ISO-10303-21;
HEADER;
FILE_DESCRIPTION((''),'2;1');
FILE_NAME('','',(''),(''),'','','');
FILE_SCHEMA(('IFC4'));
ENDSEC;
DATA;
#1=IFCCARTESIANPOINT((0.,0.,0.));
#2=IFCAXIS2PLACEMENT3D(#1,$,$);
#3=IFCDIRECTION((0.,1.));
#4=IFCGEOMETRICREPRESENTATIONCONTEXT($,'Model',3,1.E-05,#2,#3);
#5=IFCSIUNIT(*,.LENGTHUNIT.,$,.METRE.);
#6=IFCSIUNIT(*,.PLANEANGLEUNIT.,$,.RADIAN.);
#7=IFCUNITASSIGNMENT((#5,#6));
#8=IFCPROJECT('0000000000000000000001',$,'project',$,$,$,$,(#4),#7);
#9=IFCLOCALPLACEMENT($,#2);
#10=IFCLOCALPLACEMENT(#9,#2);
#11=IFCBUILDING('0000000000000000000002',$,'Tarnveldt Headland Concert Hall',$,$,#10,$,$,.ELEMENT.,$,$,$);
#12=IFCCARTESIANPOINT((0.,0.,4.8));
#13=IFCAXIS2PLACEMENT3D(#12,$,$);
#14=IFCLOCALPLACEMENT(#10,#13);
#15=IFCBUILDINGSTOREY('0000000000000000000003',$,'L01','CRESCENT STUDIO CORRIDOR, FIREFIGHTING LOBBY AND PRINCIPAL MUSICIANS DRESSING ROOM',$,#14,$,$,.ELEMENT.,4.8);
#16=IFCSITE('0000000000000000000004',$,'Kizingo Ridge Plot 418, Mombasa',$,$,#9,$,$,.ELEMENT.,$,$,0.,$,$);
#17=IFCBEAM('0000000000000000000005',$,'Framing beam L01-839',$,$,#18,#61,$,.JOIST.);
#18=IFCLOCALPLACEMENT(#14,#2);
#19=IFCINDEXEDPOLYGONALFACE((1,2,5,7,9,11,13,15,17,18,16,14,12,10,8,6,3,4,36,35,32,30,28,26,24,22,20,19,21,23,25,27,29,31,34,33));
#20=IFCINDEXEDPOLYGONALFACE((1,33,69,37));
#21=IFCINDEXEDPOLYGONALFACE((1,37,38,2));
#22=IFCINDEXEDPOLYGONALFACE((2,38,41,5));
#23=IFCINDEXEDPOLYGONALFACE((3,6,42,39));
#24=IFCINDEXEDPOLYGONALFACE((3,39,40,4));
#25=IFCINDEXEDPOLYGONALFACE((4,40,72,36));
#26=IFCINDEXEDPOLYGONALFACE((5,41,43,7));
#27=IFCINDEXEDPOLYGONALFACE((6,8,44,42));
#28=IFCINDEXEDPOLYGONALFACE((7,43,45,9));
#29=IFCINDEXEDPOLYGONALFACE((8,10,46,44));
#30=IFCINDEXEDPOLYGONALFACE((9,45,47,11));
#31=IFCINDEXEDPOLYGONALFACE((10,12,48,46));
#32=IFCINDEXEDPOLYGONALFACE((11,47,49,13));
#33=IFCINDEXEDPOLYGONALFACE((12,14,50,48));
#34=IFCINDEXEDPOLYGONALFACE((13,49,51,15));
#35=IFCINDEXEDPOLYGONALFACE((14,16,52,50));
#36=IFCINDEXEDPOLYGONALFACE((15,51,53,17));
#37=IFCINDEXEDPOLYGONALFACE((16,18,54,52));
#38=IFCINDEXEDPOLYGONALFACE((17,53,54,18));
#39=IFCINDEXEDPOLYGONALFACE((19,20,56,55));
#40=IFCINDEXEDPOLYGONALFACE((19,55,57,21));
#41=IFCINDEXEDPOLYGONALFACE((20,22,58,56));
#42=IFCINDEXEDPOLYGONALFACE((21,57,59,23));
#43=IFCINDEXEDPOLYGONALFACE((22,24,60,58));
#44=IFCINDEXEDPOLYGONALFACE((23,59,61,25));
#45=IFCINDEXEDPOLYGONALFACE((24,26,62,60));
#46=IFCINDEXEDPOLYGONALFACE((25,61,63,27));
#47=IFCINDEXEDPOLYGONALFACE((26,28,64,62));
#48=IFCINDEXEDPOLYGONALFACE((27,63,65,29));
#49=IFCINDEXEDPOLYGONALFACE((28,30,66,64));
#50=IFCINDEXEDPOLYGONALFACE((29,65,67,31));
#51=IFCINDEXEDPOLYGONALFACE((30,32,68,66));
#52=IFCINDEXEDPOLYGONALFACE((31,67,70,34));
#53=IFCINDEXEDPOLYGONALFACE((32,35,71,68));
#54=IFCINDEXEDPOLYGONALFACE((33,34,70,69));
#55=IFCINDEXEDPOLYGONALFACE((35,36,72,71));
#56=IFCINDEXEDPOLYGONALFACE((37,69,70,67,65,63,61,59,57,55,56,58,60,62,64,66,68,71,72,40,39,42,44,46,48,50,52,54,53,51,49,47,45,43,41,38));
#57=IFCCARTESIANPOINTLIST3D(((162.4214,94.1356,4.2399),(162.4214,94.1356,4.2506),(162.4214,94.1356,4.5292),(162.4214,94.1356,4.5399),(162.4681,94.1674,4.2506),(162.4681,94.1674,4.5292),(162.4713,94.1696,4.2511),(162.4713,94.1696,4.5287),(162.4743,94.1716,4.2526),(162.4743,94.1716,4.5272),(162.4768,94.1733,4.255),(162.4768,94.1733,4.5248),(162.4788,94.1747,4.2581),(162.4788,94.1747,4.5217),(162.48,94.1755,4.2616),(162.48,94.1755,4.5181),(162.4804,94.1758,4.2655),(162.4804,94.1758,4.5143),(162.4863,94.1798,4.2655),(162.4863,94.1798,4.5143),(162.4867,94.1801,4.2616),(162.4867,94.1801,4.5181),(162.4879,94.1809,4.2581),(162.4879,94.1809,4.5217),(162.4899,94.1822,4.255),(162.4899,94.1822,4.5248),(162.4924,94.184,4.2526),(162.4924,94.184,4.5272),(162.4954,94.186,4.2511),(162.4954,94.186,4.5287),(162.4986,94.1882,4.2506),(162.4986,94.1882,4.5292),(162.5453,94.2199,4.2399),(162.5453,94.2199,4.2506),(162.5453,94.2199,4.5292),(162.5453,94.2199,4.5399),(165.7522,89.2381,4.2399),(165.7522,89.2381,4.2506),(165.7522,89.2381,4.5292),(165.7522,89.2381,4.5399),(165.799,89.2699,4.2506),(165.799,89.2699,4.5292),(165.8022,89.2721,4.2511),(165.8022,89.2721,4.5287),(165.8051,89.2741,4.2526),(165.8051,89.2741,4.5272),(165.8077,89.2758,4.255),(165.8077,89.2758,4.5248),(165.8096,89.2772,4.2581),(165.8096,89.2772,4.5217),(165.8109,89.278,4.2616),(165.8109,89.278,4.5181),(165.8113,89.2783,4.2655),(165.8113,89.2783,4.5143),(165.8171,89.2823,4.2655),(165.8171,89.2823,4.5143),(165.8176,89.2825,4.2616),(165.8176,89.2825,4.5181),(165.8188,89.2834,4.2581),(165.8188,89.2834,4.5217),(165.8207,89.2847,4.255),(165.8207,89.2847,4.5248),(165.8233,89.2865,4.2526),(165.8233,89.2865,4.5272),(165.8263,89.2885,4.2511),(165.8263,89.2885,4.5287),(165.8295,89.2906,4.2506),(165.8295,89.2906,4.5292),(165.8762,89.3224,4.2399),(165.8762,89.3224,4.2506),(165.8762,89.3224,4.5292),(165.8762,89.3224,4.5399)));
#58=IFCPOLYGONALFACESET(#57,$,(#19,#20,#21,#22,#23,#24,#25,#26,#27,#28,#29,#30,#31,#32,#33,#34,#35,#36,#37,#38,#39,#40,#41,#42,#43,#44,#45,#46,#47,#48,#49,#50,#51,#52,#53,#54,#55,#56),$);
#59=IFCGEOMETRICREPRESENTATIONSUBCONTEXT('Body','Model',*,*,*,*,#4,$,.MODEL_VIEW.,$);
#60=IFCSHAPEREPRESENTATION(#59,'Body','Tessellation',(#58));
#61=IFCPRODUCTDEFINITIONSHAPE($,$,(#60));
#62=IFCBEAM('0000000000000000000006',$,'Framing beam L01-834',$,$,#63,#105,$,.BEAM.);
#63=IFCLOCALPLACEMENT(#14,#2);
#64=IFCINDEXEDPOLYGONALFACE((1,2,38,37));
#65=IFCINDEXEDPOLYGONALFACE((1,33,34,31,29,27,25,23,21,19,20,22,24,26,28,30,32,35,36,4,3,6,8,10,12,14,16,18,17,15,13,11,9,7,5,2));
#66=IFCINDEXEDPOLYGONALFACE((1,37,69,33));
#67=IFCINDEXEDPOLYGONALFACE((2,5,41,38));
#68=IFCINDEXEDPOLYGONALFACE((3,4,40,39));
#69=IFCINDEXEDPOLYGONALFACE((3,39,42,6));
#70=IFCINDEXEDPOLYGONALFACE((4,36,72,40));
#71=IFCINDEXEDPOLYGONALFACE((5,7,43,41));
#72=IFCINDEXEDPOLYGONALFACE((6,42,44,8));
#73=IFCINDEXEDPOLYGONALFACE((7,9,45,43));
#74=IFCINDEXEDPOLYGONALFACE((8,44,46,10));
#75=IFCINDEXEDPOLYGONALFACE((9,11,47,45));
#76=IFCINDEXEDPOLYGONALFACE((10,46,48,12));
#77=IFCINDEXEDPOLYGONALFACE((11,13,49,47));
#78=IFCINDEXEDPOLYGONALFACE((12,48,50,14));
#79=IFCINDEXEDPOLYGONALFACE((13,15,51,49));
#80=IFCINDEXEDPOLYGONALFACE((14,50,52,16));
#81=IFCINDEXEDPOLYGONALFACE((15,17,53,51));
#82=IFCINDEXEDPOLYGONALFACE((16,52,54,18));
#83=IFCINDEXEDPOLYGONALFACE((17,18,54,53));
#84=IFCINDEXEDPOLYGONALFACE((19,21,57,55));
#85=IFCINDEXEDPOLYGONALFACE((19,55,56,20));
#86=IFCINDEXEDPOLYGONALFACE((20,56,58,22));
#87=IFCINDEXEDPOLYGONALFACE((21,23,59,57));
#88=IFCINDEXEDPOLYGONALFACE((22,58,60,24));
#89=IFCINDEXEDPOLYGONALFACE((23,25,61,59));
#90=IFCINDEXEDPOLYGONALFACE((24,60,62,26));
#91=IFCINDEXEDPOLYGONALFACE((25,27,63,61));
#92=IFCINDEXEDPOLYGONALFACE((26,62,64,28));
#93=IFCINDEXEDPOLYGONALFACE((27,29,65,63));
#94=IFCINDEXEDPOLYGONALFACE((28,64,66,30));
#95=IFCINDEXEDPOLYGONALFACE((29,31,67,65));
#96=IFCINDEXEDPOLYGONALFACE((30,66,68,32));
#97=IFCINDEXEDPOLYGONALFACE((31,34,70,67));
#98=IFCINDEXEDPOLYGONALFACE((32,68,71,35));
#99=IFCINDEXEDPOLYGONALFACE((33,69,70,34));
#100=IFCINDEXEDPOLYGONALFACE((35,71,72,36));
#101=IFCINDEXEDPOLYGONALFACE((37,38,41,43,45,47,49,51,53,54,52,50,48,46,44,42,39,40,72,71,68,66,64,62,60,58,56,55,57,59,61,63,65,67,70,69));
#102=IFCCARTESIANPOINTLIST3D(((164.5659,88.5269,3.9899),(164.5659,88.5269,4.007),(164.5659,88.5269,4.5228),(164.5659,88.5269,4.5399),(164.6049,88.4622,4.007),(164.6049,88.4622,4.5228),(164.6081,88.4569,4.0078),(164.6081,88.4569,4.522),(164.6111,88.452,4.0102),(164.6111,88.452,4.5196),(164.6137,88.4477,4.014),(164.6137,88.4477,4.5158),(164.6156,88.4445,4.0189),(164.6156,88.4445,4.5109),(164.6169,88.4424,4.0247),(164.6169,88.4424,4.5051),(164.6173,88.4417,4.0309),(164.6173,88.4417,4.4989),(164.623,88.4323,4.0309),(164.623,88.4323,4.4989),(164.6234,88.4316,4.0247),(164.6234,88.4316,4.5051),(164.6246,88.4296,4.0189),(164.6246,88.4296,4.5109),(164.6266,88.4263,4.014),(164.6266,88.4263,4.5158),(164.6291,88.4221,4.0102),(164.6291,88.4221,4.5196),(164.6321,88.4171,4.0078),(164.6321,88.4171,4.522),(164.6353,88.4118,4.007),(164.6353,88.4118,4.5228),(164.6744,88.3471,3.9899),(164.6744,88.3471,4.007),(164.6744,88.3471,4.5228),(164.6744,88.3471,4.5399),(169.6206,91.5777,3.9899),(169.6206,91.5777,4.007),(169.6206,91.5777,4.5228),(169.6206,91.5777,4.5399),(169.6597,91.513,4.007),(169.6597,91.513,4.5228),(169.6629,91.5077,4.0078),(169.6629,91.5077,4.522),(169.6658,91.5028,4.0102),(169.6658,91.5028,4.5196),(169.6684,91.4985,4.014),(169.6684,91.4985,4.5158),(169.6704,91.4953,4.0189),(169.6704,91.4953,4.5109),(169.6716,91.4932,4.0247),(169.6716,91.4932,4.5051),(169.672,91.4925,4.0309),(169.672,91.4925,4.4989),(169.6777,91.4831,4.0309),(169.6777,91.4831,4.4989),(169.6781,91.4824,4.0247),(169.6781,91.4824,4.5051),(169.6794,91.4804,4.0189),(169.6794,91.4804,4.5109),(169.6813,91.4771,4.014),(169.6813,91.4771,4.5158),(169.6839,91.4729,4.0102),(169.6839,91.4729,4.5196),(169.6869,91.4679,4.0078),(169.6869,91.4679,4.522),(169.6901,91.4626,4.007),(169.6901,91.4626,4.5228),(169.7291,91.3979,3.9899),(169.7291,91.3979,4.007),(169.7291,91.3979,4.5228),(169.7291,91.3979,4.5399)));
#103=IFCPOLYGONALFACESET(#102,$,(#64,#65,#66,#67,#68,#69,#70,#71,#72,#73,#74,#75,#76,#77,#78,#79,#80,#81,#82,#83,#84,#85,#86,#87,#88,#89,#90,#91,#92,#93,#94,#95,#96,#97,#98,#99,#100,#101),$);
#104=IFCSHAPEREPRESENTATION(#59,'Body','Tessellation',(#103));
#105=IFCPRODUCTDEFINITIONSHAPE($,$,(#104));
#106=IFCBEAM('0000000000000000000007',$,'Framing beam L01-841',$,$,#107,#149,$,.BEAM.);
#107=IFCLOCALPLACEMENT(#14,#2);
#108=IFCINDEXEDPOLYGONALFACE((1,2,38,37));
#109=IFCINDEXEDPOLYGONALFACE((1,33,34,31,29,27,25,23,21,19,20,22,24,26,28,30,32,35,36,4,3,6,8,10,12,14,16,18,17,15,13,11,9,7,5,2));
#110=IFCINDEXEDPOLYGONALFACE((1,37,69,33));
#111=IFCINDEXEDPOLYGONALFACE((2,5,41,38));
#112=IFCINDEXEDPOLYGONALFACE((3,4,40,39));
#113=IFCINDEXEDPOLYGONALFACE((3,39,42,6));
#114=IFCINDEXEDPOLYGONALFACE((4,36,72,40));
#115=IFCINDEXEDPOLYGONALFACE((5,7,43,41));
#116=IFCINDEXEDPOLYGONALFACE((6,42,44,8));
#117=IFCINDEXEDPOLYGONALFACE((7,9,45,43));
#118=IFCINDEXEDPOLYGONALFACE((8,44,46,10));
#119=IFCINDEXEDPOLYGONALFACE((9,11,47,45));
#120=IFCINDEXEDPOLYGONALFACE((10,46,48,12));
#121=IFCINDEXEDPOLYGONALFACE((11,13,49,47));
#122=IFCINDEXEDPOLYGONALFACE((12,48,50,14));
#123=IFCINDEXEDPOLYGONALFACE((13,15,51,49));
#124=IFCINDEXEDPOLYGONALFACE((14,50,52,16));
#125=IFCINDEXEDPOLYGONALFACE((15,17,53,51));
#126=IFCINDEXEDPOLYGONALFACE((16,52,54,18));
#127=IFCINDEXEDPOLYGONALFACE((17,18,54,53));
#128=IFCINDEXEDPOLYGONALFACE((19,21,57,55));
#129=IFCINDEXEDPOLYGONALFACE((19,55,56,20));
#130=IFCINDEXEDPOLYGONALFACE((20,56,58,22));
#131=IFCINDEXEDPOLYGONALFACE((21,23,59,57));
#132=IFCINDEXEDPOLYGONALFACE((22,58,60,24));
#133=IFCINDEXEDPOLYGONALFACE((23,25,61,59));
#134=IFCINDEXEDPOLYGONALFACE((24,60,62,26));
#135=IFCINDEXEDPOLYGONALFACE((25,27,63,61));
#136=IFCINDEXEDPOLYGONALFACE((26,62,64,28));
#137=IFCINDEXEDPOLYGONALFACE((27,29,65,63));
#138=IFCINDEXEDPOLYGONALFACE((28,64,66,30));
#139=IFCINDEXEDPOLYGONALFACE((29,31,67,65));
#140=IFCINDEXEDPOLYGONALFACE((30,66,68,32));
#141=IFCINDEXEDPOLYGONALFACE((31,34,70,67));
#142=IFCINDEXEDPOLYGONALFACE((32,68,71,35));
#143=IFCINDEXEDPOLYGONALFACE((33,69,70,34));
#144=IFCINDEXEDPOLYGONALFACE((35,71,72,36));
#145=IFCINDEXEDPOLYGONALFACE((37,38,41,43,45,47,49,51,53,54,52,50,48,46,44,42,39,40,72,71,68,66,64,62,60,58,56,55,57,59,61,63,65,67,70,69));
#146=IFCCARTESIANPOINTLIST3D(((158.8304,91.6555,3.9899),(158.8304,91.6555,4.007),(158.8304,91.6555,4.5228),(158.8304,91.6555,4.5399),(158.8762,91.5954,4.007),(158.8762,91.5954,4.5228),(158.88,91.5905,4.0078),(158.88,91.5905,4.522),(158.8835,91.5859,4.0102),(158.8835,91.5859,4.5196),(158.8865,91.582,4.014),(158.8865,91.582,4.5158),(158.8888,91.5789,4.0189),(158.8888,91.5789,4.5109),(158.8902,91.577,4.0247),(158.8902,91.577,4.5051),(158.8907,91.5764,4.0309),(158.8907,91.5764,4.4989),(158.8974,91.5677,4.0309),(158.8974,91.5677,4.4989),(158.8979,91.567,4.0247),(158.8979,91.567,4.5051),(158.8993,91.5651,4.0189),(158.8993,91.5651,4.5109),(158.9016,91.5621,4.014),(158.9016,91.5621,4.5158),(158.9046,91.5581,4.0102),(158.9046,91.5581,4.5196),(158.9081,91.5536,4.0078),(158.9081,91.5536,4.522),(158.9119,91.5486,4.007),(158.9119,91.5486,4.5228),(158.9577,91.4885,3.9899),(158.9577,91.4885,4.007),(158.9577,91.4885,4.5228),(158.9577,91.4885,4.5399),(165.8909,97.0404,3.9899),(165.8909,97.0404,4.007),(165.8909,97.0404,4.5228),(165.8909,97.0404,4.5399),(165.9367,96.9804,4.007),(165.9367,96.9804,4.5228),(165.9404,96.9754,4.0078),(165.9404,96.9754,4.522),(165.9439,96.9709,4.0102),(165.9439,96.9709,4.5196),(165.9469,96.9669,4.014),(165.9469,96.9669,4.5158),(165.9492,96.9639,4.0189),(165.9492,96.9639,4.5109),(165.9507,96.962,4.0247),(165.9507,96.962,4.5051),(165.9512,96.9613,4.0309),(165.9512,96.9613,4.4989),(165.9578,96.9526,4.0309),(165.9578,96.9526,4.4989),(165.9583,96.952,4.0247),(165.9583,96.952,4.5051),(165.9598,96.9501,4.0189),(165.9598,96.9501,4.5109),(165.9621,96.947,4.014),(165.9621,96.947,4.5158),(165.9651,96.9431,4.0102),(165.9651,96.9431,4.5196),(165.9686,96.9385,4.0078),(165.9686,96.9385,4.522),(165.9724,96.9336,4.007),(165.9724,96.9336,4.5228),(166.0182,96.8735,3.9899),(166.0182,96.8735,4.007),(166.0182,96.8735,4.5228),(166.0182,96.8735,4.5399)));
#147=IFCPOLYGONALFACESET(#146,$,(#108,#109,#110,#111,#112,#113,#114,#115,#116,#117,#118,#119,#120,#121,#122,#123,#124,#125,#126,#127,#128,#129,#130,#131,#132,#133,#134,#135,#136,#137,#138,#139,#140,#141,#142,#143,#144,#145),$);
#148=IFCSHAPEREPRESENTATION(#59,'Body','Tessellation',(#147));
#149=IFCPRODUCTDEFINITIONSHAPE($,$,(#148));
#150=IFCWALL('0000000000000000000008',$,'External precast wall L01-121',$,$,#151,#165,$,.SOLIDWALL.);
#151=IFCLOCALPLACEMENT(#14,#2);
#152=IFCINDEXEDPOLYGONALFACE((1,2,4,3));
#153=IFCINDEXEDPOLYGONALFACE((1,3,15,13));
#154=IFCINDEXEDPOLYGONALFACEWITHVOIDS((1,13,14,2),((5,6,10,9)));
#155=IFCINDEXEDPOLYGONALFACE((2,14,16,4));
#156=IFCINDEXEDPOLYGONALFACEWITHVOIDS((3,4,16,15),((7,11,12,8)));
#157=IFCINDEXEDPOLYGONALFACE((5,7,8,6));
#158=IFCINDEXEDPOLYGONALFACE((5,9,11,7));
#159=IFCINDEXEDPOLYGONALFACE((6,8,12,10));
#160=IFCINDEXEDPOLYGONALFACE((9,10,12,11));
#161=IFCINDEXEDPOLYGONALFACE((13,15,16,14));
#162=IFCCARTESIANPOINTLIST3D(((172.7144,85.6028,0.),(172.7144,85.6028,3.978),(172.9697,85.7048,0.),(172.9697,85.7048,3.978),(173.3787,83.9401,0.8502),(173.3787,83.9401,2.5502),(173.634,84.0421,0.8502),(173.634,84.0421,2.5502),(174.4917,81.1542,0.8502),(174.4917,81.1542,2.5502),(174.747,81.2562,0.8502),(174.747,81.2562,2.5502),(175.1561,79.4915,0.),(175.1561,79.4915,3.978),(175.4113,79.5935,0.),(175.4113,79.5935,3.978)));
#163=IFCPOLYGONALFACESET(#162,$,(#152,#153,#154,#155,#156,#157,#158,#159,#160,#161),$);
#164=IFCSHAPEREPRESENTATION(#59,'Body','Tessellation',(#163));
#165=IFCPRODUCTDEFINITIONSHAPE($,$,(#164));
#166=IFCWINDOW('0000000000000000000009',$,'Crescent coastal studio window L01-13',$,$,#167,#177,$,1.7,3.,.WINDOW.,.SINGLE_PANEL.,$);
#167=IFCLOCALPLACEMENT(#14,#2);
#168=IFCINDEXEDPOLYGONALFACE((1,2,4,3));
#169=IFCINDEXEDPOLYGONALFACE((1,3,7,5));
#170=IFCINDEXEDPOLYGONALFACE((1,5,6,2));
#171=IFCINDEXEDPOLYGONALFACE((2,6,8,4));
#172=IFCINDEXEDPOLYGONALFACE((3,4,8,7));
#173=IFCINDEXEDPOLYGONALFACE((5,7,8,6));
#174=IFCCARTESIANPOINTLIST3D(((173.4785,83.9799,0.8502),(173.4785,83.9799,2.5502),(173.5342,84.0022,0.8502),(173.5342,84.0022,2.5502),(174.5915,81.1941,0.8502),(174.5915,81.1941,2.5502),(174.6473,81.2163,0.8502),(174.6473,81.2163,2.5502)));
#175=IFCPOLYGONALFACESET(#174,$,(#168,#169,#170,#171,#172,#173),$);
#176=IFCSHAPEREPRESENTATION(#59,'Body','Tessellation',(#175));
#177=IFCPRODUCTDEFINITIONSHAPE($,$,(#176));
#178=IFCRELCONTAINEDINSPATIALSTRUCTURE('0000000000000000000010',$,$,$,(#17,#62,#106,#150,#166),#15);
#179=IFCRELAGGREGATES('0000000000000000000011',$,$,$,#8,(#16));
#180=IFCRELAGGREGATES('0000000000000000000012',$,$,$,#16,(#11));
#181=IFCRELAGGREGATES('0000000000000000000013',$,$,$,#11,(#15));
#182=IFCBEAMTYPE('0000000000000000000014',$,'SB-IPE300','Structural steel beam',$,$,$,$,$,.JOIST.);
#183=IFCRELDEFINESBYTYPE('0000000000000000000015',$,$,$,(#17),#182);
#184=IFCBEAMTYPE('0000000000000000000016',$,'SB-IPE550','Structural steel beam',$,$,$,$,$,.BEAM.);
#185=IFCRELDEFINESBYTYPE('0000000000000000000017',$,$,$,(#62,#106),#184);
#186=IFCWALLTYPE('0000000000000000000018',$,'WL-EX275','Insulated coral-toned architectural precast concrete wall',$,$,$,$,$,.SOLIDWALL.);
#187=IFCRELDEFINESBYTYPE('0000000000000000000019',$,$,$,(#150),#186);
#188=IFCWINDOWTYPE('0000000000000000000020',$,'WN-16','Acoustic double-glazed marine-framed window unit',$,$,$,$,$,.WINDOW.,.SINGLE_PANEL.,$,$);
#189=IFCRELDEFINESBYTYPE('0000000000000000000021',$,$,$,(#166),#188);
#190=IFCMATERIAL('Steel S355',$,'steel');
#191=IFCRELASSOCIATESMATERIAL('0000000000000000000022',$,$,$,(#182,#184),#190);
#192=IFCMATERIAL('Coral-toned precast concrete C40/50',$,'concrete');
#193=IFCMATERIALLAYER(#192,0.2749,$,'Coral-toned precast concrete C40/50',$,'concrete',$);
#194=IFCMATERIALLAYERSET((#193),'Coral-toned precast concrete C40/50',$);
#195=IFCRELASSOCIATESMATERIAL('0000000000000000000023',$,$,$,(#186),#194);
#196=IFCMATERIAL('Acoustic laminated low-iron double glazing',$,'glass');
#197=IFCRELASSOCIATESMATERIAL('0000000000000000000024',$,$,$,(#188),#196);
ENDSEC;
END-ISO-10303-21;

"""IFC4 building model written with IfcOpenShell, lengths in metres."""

from ifc_helpers import new_model, si_unit, direction, frame, frame_2d, origin, origin_2d, place, context, subcontext, project, spatial, rectangle, i_section, extrude, material, layer, layer_set, material_profile, profile_set, type_object, element, fill, save


model = new_model("IFC4")

# Units and contexts
model_context = context("Model", 3, precision=1e-05, world=origin(), true_north=direction((0.0, 1.0)))
body_context = subcontext(model_context, "Body", "Model", "MODEL_VIEW")
ifc_project = project(units=[si_unit("LENGTHUNIT", "METRE"), si_unit("PLANEANGLEUNIT", "RADIAN")], contexts=[model_context])

# Site, building, storey
site_placement = place(None, origin())
site = spatial("IfcSite", under=ifc_project, at=site_placement, Name="Kizingo Ridge Plot 418, Mombasa", CompositionType="ELEMENT", RefElevation=0.0)
building_placement = place(site_placement, origin())
building = spatial("IfcBuilding", under=site, at=building_placement, Name="Tarnveldt Headland Concert Hall", CompositionType="ELEMENT")
storey_placement = place(building_placement, frame((0.0, 0.0, 4.8)))
storey = spatial("IfcBuildingStorey", under=building, at=storey_placement, Name="L01", Description="CRESCENT STUDIO CORRIDOR, FIREFIGHTING LOBBY AND PRINCIPAL MUSICIANS DRESSING ROOM", CompositionType="ELEMENT", Elevation=4.8)

# Beams
ifc_material_1 = material(Name="Steel S355", Category="steel")
ifc_material_profile_1 = material_profile(ifc_material_1, i_section(OverallWidth=0.1499, OverallDepth=0.3, WebThickness=0.0071, FlangeThickness=0.0107, FilletRadius=0.0149, at=origin_2d()), Name="IPE300", Category="steel")
ifc_profile_set_1 = profile_set([ifc_material_profile_1], Name="Steel S355")
beam_type_1 = type_object("IfcBeamType", Name="SB-IPE300", Description="Structural steel beam", PredefinedType="JOIST", material=ifc_profile_set_1)
beam_1_placement = place(storey_placement, frame((165.8142, 89.2803, 4.3899), z_axis=(-0.562372, 0.826884, 0.0), x_axis=(-0.826884, -0.562372, 0.0)))
element("IfcBeam", 1, at=beam_1_placement, inside=storey, type_object=beam_type_1, Name="Framing beam L01-839", PredefinedType="JOIST", context=body_context, shape_type="SweptSolid", body=[
    extrude(i_section(OverallWidth=0.1499, OverallDepth=0.3, WebThickness=0.0071, FlangeThickness=0.0107, FilletRadius=0.0149, at=origin_2d()), origin(), (0.0, 0.0, 1.0), 5.9229),
])
ifc_material_profile_2 = material_profile(ifc_material_1, i_section(OverallWidth=0.21, OverallDepth=0.55, WebThickness=0.011, FlangeThickness=0.0171, FilletRadius=0.0239, at=origin_2d()), Name="IPE550", Category="steel")
ifc_profile_set_2 = profile_set([ifc_material_profile_2], Name="Steel S355")
beam_type_2 = type_object("IfcBeamType", Name="SB-IPE550", Description="Structural steel beam", PredefinedType="BEAM", material=ifc_profile_set_2)
beam_2_placement = place(storey_placement, frame((164.6201, 88.437, 4.2649), z_axis=(0.856147, 0.516732, 0.0), x_axis=(-0.516732, 0.856147, 0.0)))
element("IfcBeam", 2, at=beam_2_placement, inside=storey, type_object=beam_type_2, Name="Framing beam L01-834", PredefinedType="BEAM", context=body_context, shape_type="SweptSolid", body=[
    extrude(i_section(OverallWidth=0.21, OverallDepth=0.55, WebThickness=0.011, FlangeThickness=0.0171, FilletRadius=0.0239, at=origin_2d()), origin(), (0.0, 0.0, 1.0), 5.9041),
])
beam_3_placement = place(storey_placement, frame((158.894, 91.572, 4.2649), z_axis=(0.795131, 0.606438, 0.0), x_axis=(-0.606438, 0.795131, 0.0)))
element("IfcBeam", 3, at=beam_3_placement, inside=storey, type_object=beam_type_2, Name="Framing beam L01-841", PredefinedType="BEAM", context=body_context, shape_type="SweptSolid", body=[
    extrude(i_section(OverallWidth=0.21, OverallDepth=0.55, WebThickness=0.011, FlangeThickness=0.0171, FilletRadius=0.0239, at=origin_2d()), origin(), (0.0, 0.0, 1.0), 8.8796),
])

# Wall, opening, window
ifc_material_2 = material(Name="Coral-toned precast concrete C40/50", Category="concrete")
ifc_layer_1 = layer(ifc_material_2, 0.2749, Name="Coral-toned precast concrete C40/50", Category="concrete")
ifc_layer_set_1 = layer_set([ifc_layer_1], Name="Coral-toned precast concrete C40/50")
wall_type_1 = type_object("IfcWallType", Name="WL-EX275", Description="Insulated coral-toned architectural precast concrete wall", PredefinedType="SOLIDWALL", material=ifc_layer_set_1)
wall_1_placement = place(storey_placement, frame((172.842, 85.6538, 0.0), z_axis=(0.0, 0.0, 1.0), x_axis=(0.371013, -0.928628, 0.0)))
wall_1 = element("IfcWall", 4, at=wall_1_placement, inside=storey, type_object=wall_type_1, Name="External precast wall L01-121", PredefinedType="SOLIDWALL", context=body_context, shape_type="SweptSolid", body=[
    extrude(rectangle(XDim=6.5811, YDim=0.2749, at=frame_2d((3.2905, 0.0))), origin(), (0.0, 0.0, 1.0), 3.978),
])
opening_1_placement = place(wall_1_placement, frame((1.7905, 0.0, 0.8501)))
opening_1 = element("IfcOpeningElement", 5, at=opening_1_placement, cuts=wall_1, PredefinedType="OPENING", context=body_context, shape_type="SweptSolid", body=[
    extrude(rectangle(XDim=3.0, YDim=1.7, at=frame_2d((1.5, 0.8501))), frame((0.0, 0.1475, 0.0), z_axis=(0.0, -1.0, 0.0), x_axis=(1.0, 0.0, 0.0)), (0.0, 0.0, 1.0), 0.2949),
])
ifc_material_3 = material(Name="Acoustic laminated low-iron double glazing", Category="glass")
window_type_1 = type_object("IfcWindowType", Name="WN-16", Description="Acoustic double-glazed marine-framed window unit", PartitioningType="SINGLE_PANEL", PredefinedType="WINDOW", material=ifc_material_3)
window_1_placement = place(opening_1_placement, origin())
window_1 = element("IfcWindow", 6, at=window_1_placement, inside=storey, type_object=window_type_1, Name="Crescent coastal studio window L01-13", OverallHeight=1.7, OverallWidth=3.0, PartitioningType="SINGLE_PANEL", PredefinedType="WINDOW", context=body_context, shape_type="SweptSolid", body=[
    extrude(rectangle(XDim=3.0, YDim=1.7, at=frame_2d((1.5, 0.8501))), frame((0.0, 0.03, 0.0), z_axis=(0.0, -1.0, 0.0), x_axis=(1.0, 0.0, 0.0)), (0.0, 0.0, 1.0), 0.0601),
])
fill(opening_1, window_1)

save(model, "model.ifc")
